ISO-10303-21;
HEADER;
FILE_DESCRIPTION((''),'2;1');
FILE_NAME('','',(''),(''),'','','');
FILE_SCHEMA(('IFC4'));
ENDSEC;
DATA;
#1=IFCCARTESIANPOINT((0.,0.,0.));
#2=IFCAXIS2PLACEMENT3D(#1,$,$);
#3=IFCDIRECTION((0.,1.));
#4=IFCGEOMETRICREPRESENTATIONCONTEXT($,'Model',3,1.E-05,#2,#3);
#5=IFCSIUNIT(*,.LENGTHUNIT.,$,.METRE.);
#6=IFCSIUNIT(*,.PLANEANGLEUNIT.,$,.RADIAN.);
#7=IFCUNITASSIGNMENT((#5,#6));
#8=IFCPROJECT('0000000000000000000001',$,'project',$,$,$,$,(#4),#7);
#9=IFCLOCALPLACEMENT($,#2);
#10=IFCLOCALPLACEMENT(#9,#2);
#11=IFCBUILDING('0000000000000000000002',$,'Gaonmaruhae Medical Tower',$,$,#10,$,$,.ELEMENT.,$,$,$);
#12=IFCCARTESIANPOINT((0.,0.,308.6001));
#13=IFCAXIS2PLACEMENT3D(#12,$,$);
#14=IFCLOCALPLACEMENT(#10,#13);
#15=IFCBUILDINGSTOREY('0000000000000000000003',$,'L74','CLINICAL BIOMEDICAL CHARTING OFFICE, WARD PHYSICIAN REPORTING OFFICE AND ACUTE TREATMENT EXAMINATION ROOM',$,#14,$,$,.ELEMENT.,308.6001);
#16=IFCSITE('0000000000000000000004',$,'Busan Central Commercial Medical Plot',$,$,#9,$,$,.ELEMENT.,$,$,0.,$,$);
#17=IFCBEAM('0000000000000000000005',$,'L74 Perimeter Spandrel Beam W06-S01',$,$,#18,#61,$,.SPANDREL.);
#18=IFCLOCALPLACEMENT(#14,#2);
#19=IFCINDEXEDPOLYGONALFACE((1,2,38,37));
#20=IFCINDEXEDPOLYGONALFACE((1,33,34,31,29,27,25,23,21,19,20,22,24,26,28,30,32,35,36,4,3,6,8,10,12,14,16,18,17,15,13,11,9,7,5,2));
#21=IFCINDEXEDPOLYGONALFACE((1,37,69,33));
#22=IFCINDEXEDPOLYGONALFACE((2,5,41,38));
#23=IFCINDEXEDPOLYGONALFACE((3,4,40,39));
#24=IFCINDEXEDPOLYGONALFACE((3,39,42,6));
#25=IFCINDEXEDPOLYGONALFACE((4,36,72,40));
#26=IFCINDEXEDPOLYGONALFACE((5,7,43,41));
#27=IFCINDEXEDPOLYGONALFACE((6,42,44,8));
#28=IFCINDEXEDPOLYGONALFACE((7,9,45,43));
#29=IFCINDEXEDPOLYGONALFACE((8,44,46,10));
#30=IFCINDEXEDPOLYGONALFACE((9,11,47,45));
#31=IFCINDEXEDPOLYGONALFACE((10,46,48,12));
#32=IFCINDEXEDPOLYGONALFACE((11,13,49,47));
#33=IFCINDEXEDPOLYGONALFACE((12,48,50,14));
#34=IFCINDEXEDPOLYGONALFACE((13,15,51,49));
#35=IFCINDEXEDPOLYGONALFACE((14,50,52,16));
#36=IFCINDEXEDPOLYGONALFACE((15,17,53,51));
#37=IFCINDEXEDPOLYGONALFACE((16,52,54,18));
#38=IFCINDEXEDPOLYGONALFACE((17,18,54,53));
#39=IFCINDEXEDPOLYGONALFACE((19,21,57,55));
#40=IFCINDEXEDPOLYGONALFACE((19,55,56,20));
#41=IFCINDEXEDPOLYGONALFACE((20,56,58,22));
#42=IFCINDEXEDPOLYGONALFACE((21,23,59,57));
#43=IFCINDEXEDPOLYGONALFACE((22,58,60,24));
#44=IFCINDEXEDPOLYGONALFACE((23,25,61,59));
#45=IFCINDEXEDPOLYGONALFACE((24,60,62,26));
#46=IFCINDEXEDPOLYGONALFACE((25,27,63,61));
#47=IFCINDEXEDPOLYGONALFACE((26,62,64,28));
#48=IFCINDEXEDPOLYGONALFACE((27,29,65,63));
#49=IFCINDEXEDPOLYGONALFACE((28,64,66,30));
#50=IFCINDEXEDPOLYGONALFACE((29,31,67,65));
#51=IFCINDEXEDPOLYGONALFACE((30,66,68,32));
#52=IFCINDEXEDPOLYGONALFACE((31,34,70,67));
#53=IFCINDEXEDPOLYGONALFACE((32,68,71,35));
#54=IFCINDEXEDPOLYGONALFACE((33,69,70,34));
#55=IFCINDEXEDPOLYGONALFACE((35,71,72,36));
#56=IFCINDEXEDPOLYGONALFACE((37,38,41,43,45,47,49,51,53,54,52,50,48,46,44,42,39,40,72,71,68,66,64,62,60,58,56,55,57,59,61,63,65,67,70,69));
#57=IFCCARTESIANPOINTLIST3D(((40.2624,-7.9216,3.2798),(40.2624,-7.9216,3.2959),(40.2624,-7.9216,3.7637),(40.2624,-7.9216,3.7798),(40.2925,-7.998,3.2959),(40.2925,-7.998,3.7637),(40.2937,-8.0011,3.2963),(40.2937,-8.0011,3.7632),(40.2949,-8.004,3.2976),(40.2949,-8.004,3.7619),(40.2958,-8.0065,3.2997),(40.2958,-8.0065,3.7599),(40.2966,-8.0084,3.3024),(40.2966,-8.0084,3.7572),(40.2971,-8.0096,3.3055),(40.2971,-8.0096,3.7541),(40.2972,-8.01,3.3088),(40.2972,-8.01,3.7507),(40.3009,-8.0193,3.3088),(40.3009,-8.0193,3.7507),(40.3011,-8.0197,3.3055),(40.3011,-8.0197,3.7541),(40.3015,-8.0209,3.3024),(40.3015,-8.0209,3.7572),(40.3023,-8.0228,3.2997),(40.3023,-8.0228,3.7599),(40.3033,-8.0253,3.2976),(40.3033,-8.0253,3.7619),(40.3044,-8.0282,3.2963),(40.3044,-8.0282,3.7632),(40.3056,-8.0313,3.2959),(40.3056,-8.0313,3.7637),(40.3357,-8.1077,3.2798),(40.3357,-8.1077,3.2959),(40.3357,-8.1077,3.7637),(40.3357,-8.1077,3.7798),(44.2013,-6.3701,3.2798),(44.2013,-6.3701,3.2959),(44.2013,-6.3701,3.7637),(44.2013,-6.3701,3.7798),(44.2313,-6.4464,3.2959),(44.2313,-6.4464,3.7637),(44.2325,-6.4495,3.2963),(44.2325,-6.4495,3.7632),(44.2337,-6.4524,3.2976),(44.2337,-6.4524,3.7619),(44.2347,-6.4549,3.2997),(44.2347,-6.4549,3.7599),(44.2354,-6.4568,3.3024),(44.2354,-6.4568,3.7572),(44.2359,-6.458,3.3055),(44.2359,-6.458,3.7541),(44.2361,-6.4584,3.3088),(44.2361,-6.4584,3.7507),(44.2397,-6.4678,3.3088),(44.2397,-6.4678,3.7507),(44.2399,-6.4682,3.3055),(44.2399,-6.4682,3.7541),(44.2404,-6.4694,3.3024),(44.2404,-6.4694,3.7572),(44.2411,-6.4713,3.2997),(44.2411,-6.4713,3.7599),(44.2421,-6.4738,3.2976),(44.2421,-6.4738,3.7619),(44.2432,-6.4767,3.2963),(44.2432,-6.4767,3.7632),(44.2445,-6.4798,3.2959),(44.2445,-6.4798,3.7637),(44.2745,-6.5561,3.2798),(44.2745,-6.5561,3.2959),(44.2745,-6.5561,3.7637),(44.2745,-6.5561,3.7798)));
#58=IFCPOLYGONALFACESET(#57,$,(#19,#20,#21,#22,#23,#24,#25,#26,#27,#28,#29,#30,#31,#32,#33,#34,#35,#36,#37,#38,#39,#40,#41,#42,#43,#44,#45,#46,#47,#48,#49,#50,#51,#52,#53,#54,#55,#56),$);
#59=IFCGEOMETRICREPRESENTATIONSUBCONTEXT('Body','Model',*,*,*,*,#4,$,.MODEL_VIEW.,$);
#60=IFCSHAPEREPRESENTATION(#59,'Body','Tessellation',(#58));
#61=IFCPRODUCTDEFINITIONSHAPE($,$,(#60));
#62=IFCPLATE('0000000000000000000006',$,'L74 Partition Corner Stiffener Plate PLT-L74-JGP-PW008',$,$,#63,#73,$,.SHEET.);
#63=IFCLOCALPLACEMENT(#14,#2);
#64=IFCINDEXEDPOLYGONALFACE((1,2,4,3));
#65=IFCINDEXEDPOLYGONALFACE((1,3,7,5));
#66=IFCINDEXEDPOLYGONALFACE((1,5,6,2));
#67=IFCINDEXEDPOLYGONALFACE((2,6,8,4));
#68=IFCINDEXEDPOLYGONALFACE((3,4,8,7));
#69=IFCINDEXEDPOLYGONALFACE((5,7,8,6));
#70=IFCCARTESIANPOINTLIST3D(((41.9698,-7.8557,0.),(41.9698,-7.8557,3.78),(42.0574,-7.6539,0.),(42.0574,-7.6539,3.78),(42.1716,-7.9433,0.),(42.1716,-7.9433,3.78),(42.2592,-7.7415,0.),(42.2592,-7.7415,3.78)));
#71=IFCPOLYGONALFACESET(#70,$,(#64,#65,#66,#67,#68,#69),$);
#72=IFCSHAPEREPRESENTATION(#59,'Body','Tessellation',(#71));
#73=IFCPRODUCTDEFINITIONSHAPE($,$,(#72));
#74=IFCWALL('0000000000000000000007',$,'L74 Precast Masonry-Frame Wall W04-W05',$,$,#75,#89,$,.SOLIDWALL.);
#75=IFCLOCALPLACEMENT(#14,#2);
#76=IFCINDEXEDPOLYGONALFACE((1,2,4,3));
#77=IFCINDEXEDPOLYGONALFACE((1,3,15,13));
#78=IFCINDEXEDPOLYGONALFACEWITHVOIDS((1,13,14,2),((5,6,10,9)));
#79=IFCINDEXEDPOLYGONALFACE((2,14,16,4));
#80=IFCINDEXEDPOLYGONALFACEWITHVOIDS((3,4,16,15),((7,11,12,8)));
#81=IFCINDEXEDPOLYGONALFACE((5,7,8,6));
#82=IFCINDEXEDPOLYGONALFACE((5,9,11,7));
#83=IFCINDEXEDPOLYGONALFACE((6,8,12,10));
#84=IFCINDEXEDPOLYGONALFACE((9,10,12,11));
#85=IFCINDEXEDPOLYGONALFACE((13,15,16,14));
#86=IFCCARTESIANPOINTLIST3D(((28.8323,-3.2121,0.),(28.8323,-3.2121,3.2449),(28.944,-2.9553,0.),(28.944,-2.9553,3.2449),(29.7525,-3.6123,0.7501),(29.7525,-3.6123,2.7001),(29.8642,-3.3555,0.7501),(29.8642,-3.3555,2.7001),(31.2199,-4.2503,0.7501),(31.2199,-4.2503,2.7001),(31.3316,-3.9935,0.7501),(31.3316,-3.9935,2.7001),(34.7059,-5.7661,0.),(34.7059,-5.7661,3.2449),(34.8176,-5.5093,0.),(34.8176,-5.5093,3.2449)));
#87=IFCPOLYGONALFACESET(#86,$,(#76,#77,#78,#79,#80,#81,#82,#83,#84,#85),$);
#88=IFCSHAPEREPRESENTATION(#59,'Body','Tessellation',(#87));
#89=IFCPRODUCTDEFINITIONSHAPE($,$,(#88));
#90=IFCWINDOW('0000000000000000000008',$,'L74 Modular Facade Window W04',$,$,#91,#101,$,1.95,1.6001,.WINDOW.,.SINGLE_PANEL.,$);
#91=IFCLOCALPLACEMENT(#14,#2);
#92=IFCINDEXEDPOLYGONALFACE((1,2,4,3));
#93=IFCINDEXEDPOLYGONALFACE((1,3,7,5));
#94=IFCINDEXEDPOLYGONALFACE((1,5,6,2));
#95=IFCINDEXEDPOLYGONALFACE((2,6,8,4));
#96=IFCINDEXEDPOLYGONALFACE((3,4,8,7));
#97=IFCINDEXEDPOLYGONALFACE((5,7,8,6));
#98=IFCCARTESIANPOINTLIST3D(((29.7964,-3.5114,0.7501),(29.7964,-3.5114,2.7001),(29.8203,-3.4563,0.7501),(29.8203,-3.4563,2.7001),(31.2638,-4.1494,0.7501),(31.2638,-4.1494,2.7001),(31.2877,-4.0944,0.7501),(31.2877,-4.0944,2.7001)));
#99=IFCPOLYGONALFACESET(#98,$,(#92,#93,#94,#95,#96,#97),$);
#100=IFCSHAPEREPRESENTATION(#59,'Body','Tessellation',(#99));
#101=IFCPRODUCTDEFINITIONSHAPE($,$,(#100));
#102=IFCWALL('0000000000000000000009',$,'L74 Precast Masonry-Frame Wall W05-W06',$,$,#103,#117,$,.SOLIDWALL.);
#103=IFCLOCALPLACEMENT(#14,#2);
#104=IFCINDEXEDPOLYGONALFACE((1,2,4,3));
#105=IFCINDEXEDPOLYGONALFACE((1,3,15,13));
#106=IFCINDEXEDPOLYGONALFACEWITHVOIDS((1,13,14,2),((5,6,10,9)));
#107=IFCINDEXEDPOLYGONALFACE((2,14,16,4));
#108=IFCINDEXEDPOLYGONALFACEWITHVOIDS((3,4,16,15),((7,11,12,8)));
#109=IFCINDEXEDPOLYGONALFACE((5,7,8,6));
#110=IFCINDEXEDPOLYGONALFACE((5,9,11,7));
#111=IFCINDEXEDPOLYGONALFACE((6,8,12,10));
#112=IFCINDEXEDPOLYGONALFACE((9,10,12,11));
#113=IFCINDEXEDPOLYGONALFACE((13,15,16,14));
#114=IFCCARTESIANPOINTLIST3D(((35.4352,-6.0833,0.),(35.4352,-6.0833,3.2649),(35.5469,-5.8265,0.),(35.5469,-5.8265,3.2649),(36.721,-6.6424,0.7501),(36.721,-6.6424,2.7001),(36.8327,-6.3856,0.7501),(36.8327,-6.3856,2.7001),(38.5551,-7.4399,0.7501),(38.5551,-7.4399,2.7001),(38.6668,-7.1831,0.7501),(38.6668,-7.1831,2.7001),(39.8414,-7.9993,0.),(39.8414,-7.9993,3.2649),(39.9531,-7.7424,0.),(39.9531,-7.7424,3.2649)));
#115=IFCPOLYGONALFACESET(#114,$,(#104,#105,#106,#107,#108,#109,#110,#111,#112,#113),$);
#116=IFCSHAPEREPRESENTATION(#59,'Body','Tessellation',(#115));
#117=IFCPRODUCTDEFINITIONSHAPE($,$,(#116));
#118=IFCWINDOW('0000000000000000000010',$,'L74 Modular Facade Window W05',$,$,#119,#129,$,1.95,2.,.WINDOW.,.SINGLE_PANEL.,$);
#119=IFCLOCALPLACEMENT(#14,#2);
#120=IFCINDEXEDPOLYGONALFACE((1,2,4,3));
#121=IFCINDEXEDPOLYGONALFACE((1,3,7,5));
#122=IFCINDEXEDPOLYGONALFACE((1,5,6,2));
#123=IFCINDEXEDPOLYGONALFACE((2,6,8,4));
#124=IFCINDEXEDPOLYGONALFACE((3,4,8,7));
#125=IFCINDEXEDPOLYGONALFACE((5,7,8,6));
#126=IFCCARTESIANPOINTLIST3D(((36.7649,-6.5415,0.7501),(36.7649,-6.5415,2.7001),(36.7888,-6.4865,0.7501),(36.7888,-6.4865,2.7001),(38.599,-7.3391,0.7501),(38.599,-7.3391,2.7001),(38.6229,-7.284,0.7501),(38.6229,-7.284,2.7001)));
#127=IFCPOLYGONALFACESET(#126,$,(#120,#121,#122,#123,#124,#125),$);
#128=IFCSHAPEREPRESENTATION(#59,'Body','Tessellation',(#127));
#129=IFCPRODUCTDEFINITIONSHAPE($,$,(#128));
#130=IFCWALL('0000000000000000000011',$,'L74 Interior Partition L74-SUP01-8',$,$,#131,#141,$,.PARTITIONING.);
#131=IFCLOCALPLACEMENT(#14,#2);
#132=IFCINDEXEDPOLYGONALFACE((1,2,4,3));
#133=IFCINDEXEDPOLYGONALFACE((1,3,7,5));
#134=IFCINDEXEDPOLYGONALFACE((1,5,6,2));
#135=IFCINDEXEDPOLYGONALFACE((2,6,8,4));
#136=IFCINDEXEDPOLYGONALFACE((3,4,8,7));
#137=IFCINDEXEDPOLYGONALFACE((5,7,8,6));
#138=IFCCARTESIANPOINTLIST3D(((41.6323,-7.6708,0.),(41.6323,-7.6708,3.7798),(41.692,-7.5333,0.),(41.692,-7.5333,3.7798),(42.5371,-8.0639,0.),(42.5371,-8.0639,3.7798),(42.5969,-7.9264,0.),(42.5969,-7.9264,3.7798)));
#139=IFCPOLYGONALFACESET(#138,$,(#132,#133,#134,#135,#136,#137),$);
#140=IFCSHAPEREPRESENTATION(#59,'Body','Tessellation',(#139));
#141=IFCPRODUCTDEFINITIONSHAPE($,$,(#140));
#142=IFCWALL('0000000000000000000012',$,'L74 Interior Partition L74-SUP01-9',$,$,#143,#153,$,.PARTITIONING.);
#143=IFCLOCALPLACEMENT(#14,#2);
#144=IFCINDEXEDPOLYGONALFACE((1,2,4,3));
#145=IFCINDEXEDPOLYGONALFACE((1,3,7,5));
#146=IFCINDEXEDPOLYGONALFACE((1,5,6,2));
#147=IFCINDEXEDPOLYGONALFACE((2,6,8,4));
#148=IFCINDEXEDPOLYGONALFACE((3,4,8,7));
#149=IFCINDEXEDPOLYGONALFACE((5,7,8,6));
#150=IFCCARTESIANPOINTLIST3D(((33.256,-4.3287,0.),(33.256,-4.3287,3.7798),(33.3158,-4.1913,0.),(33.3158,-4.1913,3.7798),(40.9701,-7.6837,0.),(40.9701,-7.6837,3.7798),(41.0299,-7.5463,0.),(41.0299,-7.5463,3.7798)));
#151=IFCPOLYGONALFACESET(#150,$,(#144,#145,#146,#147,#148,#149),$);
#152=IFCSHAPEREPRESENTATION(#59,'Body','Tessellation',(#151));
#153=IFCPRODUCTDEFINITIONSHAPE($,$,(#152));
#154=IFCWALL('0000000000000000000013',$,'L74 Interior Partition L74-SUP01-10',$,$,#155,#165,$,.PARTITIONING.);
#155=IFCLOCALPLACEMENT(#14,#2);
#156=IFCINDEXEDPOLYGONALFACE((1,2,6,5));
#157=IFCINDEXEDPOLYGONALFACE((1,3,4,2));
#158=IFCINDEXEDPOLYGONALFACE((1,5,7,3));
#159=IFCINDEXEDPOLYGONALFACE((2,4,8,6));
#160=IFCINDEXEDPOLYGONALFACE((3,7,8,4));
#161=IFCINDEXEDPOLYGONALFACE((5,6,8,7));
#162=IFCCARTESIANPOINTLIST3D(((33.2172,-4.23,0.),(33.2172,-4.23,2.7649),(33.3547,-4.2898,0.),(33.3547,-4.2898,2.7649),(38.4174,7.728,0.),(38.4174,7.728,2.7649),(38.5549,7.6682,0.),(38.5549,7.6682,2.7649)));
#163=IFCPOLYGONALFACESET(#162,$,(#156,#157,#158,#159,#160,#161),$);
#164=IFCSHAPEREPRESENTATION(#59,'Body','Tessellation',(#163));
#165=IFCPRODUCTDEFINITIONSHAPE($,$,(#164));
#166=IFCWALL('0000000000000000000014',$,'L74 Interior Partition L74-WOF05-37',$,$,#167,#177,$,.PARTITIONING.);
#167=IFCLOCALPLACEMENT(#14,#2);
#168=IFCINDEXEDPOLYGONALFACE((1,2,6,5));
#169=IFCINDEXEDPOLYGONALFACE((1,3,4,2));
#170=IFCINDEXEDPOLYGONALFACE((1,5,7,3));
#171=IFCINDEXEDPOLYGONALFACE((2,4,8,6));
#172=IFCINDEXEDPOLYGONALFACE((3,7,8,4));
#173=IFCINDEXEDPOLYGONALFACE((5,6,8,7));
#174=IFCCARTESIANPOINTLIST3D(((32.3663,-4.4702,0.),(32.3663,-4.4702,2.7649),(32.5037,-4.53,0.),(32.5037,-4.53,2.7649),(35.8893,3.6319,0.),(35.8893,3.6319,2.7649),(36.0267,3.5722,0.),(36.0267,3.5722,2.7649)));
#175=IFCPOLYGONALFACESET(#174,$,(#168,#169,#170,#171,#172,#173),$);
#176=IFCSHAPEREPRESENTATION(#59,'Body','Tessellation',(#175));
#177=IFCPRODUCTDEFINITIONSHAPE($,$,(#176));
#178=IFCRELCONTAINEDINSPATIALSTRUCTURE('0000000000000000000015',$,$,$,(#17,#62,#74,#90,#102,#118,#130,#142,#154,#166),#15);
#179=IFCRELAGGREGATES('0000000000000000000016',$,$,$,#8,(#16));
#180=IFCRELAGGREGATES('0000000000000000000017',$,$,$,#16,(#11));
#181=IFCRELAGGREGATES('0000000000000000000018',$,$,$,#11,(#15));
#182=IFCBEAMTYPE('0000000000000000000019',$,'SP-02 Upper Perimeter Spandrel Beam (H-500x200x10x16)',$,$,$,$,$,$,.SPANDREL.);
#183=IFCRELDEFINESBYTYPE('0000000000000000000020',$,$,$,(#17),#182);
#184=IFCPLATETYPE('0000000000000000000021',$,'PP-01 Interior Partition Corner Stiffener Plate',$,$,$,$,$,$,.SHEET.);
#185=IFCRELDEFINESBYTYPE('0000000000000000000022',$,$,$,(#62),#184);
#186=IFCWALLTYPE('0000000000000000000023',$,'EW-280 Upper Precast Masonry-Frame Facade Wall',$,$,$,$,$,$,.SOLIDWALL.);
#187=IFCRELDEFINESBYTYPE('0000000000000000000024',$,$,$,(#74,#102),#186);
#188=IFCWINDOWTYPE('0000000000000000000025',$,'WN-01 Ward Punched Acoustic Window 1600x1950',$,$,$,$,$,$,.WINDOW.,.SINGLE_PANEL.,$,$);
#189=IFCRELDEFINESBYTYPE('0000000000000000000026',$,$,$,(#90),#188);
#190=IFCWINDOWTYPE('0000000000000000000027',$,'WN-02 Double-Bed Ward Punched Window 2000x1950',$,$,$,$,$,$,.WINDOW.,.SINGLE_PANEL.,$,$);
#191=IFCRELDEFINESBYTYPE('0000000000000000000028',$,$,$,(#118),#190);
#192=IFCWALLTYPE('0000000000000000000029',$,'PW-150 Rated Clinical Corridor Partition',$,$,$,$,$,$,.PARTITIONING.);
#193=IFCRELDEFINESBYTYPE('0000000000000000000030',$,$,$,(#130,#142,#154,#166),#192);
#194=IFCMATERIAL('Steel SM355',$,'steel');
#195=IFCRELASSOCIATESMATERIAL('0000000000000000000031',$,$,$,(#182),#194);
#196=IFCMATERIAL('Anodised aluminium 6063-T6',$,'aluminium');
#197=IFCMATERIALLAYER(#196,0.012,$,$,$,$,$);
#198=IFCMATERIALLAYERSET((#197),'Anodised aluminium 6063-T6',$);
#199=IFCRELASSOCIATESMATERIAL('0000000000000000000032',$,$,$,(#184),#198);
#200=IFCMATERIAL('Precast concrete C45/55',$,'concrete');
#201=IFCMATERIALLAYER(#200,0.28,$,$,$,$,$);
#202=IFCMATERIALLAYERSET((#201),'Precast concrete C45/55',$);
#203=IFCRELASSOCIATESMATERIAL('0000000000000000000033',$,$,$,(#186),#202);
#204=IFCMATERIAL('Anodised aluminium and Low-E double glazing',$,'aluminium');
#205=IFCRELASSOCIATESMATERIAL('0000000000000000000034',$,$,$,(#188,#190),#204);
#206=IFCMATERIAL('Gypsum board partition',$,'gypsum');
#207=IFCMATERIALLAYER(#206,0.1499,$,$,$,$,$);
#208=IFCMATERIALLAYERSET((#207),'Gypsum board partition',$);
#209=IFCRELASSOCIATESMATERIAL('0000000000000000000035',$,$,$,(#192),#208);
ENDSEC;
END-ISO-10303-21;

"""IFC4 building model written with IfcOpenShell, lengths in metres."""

from ifc_helpers import new_model, si_unit, direction, frame, frame_2d, origin, origin_2d, place, context, subcontext, project, spatial, rectangle, i_section, extrude, material, layer, layer_set, material_profile, profile_set, type_object, element, fill, save


model = new_model("IFC4")

# Units and contexts
model_context = context("Model", 3, precision=1e-05, world=origin(), true_north=direction((0.0, 1.0)))
body_context = subcontext(model_context, "Body", "Model", "MODEL_VIEW")
ifc_project = project(units=[si_unit("LENGTHUNIT", "METRE"), si_unit("PLANEANGLEUNIT", "RADIAN")], contexts=[model_context])

# Site, building, storey
site_placement = place(None, origin())
site = spatial("IfcSite", under=ifc_project, at=site_placement, Name="Busan Central Commercial Medical Plot", CompositionType="ELEMENT", RefElevation=0.0)
building_placement = place(site_placement, origin())
building = spatial("IfcBuilding", under=site, at=building_placement, Name="Gaonmaruhae Medical Tower", CompositionType="ELEMENT")
storey_placement = place(building_placement, frame((0.0, 0.0, 308.6001)))
storey = spatial("IfcBuildingStorey", under=building, at=storey_placement, Name="L74", Description="CLINICAL BIOMEDICAL CHARTING OFFICE, WARD PHYSICIAN REPORTING OFFICE AND ACUTE TREATMENT EXAMINATION ROOM", CompositionType="ELEMENT", Elevation=308.6001)

# Beam
ifc_material_1 = material(Name="Steel SM355", Category="steel")
ifc_material_profile_1 = material_profile(ifc_material_1, i_section(OverallWidth=0.2, OverallDepth=0.5, WebThickness=0.01, FlangeThickness=0.0161, FilletRadius=0.0129, at=origin_2d()), Name="H-500x200x10x16")
ifc_profile_set_1 = profile_set([ifc_material_profile_1], Name="Steel SM355")
beam_type_1 = type_object("IfcBeamType", Name="SP-02 Upper Perimeter Spandrel Beam (H-500x200x10x16)", PredefinedType="SPANDREL", material=ifc_profile_set_1)
beam_1_placement = place(storey_placement, frame((40.2991, -8.0146, 3.5298), z_axis=(0.930417, 0.366503, 0.0), x_axis=(-0.366503, 0.930417, 0.0)))
element("IfcBeam", 1, at=beam_1_placement, inside=storey, type_object=beam_type_1, Name="L74 Perimeter Spandrel Beam W06-S01", PredefinedType="SPANDREL", context=body_context, shape_type="SweptSolid", body=[
    extrude(i_section(OverallWidth=0.2, OverallDepth=0.5, WebThickness=0.01, FlangeThickness=0.0161, FilletRadius=0.0129, at=origin_2d()), origin(), (0.0, 0.0, 1.0), 4.2334),
])

# Plate
ifc_material_2 = material(Name="Anodised aluminium 6063-T6", Category="aluminium")
ifc_layer_1 = layer(ifc_material_2, 0.012)
ifc_layer_set_1 = layer_set([ifc_layer_1], Name="Anodised aluminium 6063-T6")
plate_type = type_object("IfcPlateType", Name="PP-01 Interior Partition Corner Stiffener Plate", PredefinedType="SHEET", material=ifc_layer_set_1)
plate_placement = place(storey_placement, frame((42.1145, -7.7986, 0.0), z_axis=(0.0, 0.0, 1.0), x_axis=(-0.917248, 0.398317, 0.0)))
element("IfcPlate", 2, at=plate_placement, inside=storey, type_object=plate_type, Name="L74 Partition Corner Stiffener Plate PLT-L74-JGP-PW008", PredefinedType="SHEET", context=body_context, shape_type="SweptSolid", body=[
    extrude(rectangle(XDim=0.22, YDim=0.22, at=origin_2d()), origin(), (0.0, 0.0, 1.0), 3.78),
])

# Walls, openings, windows
ifc_material_3 = material(Name="Precast concrete C45/55", Category="concrete")
ifc_layer_2 = layer(ifc_material_3, 0.28)
ifc_layer_set_2 = layer_set([ifc_layer_2], Name="Precast concrete C45/55")
wall_type_1 = type_object("IfcWallType", Name="EW-280 Upper Precast Masonry-Frame Facade Wall", PredefinedType="SOLIDWALL", material=ifc_layer_set_2)
wall_1_placement = place(storey_placement, frame((34.7617, -5.6377, 0.0), z_axis=(0.0, 0.0, 1.0), x_axis=(-0.917056, 0.398758, 0.0)))
wall_1 = element("IfcWall", 3, at=wall_1_placement, inside=storey, type_object=wall_type_1, Name="L74 Precast Masonry-Frame Wall W04-W05", PredefinedType="SOLIDWALL", context=body_context, shape_type="SweptSolid", body=[
    extrude(rectangle(XDim=6.4048, YDim=0.28, at=frame_2d((3.2024, 0.0))), origin(), (0.0, 0.0, 1.0), 3.2449),
])
opening_1_placement = place(wall_1_placement, frame((3.8013, 0.0, 0.75)))
opening_1 = element("IfcOpeningElement", 4, at=opening_1_placement, cuts=wall_1, PredefinedType="OPENING", context=body_context, shape_type="SweptSolid", body=[
    extrude(rectangle(XDim=1.6001, YDim=1.95, at=frame_2d((0.8, 0.9751))), frame((0.0, 0.1499, 0.0), z_axis=(0.0, -1.0, 0.0), x_axis=(1.0, 0.0, 0.0)), (0.0, 0.0, 1.0), 0.3),
])
ifc_material_4 = material(Name="Anodised aluminium and Low-E double glazing", Category="aluminium")
window_type_1 = type_object("IfcWindowType", Name="WN-01 Ward Punched Acoustic Window 1600x1950", PartitioningType="SINGLE_PANEL", PredefinedType="WINDOW", material=ifc_material_4)
window_1_placement = place(opening_1_placement, origin())
window_1 = element("IfcWindow", 5, at=window_1_placement, inside=storey, type_object=window_type_1, Name="L74 Modular Facade Window W04", OverallHeight=1.95, OverallWidth=1.6001, PartitioningType="SINGLE_PANEL", PredefinedType="WINDOW", context=body_context, shape_type="SweptSolid", body=[
    extrude(rectangle(XDim=1.6001, YDim=1.95, at=frame_2d((0.8, 0.9751))), frame((0.0, 0.03, 0.0), z_axis=(0.0, -1.0, 0.0), x_axis=(1.0, 0.0, 0.0)), (0.0, 0.0, 1.0), 0.0601),
])
fill(opening_1, window_1)
wall_2_placement = place(storey_placement, frame((39.8972, -7.8708, 0.0), z_axis=(0.0, 0.0, 1.0), x_axis=(-0.917051, 0.398771, 0.0)))
wall_2 = element("IfcWall", 6, at=wall_2_placement, inside=storey, type_object=wall_type_1, Name="L74 Precast Masonry-Frame Wall W05-W06", PredefinedType="SOLIDWALL", context=body_context, shape_type="SweptSolid", body=[
    extrude(rectangle(XDim=4.8047, YDim=0.28, at=frame_2d((2.4023, 0.0))), origin(), (0.0, 0.0, 1.0), 3.2649),
])
opening_2_placement = place(wall_2_placement, frame((1.4026, 0.0, 0.75)))
opening_2 = element("IfcOpeningElement", 7, at=opening_2_placement, cuts=wall_2, PredefinedType="OPENING", context=body_context, shape_type="SweptSolid", body=[
    extrude(rectangle(XDim=2.0, YDim=1.95, at=frame_2d((1.0, 0.9751))), frame((0.0, 0.1499, 0.0), z_axis=(0.0, -1.0, 0.0), x_axis=(1.0, 0.0, 0.0)), (0.0, 0.0, 1.0), 0.3),
])
window_type_2 = type_object("IfcWindowType", Name="WN-02 Double-Bed Ward Punched Window 2000x1950", PartitioningType="SINGLE_PANEL", PredefinedType="WINDOW", material=ifc_material_4)
window_2_placement = place(opening_2_placement, origin())
window_2 = element("IfcWindow", 8, at=window_2_placement, inside=storey, type_object=window_type_2, Name="L74 Modular Facade Window W05", OverallHeight=1.95, OverallWidth=2.0, PartitioningType="SINGLE_PANEL", PredefinedType="WINDOW", context=body_context, shape_type="SweptSolid", body=[
    extrude(rectangle(XDim=2.0, YDim=1.95, at=frame_2d((1.0, 0.9751))), frame((0.0, 0.03, 0.0), z_axis=(0.0, -1.0, 0.0), x_axis=(1.0, 0.0, 0.0)), (0.0, 0.0, 1.0), 0.0601),
])
fill(opening_2, window_2)

# Walls
ifc_material_5 = material(Name="Gypsum board partition", Category="gypsum")
ifc_layer_3 = layer(ifc_material_5, 0.1499)
ifc_layer_set_3 = layer_set([ifc_layer_3], Name="Gypsum board partition")
wall_type_2 = type_object("IfcWallType", Name="PW-150 Rated Clinical Corridor Partition", PredefinedType="PARTITIONING", material=ifc_layer_set_3)
wall_3_placement = place(storey_placement, frame((42.5669, -7.9951, 0.0), z_axis=(0.0, 0.0, 1.0), x_axis=(-0.917188, 0.398455, 0.0)))
element("IfcWall", 9, at=wall_3_placement, inside=storey, type_object=wall_type_2, Name="L74 Interior Partition L74-SUP01-8", PredefinedType="PARTITIONING", context=body_context, shape_type="SweptSolid", body=[
    extrude(rectangle(XDim=0.9866, YDim=0.1499, at=frame_2d((0.4932, 0.0))), origin(), (0.0, 0.0, 1.0), 3.7798),
])
wall_4_placement = place(storey_placement, frame((41.0, -7.615, 0.0), z_axis=(0.0, 0.0, 1.0), x_axis=(-0.917026, 0.398828, 0.0)))
element("IfcWall", 10, at=wall_4_placement, inside=storey, type_object=wall_type_2, Name="L74 Interior Partition L74-SUP01-9", PredefinedType="PARTITIONING", context=body_context, shape_type="SweptSolid", body=[
    extrude(rectangle(XDim=8.4121, YDim=0.1499, at=frame_2d((4.2061, 0.0))), origin(), (0.0, 0.0, 1.0), 3.7798),
])
wall_5_placement = place(storey_placement, frame((33.2859, -4.26, 0.0), z_axis=(0.0, 0.0, 1.0), x_axis=(0.398795, 0.91704, 0.0)))
element("IfcWall", 11, at=wall_5_placement, inside=storey, type_object=wall_type_2, Name="L74 Interior Partition L74-SUP01-10", PredefinedType="PARTITIONING", context=body_context, shape_type="SweptSolid", body=[
    extrude(rectangle(XDim=13.0398, YDim=0.1499, at=frame_2d((6.52, 0.0))), origin(), (0.0, 0.0, 1.0), 2.7649),
])
wall_6_placement = place(storey_placement, frame((35.958, 3.6021, 0.0), z_axis=(0.0, 0.0, 1.0), x_axis=(-0.398756, -0.917057, 0.0)))
element("IfcWall", 12, at=wall_6_placement, inside=storey, type_object=wall_type_2, Name="L74 Interior Partition L74-WOF05-37", PredefinedType="PARTITIONING", context=body_context, shape_type="SweptSolid", body=[
    extrude(rectangle(XDim=8.835, YDim=0.1499, at=frame_2d((4.4175, 0.0))), origin(), (0.0, 0.0, 1.0), 2.7649),
])

save(model, "model.ifc")
